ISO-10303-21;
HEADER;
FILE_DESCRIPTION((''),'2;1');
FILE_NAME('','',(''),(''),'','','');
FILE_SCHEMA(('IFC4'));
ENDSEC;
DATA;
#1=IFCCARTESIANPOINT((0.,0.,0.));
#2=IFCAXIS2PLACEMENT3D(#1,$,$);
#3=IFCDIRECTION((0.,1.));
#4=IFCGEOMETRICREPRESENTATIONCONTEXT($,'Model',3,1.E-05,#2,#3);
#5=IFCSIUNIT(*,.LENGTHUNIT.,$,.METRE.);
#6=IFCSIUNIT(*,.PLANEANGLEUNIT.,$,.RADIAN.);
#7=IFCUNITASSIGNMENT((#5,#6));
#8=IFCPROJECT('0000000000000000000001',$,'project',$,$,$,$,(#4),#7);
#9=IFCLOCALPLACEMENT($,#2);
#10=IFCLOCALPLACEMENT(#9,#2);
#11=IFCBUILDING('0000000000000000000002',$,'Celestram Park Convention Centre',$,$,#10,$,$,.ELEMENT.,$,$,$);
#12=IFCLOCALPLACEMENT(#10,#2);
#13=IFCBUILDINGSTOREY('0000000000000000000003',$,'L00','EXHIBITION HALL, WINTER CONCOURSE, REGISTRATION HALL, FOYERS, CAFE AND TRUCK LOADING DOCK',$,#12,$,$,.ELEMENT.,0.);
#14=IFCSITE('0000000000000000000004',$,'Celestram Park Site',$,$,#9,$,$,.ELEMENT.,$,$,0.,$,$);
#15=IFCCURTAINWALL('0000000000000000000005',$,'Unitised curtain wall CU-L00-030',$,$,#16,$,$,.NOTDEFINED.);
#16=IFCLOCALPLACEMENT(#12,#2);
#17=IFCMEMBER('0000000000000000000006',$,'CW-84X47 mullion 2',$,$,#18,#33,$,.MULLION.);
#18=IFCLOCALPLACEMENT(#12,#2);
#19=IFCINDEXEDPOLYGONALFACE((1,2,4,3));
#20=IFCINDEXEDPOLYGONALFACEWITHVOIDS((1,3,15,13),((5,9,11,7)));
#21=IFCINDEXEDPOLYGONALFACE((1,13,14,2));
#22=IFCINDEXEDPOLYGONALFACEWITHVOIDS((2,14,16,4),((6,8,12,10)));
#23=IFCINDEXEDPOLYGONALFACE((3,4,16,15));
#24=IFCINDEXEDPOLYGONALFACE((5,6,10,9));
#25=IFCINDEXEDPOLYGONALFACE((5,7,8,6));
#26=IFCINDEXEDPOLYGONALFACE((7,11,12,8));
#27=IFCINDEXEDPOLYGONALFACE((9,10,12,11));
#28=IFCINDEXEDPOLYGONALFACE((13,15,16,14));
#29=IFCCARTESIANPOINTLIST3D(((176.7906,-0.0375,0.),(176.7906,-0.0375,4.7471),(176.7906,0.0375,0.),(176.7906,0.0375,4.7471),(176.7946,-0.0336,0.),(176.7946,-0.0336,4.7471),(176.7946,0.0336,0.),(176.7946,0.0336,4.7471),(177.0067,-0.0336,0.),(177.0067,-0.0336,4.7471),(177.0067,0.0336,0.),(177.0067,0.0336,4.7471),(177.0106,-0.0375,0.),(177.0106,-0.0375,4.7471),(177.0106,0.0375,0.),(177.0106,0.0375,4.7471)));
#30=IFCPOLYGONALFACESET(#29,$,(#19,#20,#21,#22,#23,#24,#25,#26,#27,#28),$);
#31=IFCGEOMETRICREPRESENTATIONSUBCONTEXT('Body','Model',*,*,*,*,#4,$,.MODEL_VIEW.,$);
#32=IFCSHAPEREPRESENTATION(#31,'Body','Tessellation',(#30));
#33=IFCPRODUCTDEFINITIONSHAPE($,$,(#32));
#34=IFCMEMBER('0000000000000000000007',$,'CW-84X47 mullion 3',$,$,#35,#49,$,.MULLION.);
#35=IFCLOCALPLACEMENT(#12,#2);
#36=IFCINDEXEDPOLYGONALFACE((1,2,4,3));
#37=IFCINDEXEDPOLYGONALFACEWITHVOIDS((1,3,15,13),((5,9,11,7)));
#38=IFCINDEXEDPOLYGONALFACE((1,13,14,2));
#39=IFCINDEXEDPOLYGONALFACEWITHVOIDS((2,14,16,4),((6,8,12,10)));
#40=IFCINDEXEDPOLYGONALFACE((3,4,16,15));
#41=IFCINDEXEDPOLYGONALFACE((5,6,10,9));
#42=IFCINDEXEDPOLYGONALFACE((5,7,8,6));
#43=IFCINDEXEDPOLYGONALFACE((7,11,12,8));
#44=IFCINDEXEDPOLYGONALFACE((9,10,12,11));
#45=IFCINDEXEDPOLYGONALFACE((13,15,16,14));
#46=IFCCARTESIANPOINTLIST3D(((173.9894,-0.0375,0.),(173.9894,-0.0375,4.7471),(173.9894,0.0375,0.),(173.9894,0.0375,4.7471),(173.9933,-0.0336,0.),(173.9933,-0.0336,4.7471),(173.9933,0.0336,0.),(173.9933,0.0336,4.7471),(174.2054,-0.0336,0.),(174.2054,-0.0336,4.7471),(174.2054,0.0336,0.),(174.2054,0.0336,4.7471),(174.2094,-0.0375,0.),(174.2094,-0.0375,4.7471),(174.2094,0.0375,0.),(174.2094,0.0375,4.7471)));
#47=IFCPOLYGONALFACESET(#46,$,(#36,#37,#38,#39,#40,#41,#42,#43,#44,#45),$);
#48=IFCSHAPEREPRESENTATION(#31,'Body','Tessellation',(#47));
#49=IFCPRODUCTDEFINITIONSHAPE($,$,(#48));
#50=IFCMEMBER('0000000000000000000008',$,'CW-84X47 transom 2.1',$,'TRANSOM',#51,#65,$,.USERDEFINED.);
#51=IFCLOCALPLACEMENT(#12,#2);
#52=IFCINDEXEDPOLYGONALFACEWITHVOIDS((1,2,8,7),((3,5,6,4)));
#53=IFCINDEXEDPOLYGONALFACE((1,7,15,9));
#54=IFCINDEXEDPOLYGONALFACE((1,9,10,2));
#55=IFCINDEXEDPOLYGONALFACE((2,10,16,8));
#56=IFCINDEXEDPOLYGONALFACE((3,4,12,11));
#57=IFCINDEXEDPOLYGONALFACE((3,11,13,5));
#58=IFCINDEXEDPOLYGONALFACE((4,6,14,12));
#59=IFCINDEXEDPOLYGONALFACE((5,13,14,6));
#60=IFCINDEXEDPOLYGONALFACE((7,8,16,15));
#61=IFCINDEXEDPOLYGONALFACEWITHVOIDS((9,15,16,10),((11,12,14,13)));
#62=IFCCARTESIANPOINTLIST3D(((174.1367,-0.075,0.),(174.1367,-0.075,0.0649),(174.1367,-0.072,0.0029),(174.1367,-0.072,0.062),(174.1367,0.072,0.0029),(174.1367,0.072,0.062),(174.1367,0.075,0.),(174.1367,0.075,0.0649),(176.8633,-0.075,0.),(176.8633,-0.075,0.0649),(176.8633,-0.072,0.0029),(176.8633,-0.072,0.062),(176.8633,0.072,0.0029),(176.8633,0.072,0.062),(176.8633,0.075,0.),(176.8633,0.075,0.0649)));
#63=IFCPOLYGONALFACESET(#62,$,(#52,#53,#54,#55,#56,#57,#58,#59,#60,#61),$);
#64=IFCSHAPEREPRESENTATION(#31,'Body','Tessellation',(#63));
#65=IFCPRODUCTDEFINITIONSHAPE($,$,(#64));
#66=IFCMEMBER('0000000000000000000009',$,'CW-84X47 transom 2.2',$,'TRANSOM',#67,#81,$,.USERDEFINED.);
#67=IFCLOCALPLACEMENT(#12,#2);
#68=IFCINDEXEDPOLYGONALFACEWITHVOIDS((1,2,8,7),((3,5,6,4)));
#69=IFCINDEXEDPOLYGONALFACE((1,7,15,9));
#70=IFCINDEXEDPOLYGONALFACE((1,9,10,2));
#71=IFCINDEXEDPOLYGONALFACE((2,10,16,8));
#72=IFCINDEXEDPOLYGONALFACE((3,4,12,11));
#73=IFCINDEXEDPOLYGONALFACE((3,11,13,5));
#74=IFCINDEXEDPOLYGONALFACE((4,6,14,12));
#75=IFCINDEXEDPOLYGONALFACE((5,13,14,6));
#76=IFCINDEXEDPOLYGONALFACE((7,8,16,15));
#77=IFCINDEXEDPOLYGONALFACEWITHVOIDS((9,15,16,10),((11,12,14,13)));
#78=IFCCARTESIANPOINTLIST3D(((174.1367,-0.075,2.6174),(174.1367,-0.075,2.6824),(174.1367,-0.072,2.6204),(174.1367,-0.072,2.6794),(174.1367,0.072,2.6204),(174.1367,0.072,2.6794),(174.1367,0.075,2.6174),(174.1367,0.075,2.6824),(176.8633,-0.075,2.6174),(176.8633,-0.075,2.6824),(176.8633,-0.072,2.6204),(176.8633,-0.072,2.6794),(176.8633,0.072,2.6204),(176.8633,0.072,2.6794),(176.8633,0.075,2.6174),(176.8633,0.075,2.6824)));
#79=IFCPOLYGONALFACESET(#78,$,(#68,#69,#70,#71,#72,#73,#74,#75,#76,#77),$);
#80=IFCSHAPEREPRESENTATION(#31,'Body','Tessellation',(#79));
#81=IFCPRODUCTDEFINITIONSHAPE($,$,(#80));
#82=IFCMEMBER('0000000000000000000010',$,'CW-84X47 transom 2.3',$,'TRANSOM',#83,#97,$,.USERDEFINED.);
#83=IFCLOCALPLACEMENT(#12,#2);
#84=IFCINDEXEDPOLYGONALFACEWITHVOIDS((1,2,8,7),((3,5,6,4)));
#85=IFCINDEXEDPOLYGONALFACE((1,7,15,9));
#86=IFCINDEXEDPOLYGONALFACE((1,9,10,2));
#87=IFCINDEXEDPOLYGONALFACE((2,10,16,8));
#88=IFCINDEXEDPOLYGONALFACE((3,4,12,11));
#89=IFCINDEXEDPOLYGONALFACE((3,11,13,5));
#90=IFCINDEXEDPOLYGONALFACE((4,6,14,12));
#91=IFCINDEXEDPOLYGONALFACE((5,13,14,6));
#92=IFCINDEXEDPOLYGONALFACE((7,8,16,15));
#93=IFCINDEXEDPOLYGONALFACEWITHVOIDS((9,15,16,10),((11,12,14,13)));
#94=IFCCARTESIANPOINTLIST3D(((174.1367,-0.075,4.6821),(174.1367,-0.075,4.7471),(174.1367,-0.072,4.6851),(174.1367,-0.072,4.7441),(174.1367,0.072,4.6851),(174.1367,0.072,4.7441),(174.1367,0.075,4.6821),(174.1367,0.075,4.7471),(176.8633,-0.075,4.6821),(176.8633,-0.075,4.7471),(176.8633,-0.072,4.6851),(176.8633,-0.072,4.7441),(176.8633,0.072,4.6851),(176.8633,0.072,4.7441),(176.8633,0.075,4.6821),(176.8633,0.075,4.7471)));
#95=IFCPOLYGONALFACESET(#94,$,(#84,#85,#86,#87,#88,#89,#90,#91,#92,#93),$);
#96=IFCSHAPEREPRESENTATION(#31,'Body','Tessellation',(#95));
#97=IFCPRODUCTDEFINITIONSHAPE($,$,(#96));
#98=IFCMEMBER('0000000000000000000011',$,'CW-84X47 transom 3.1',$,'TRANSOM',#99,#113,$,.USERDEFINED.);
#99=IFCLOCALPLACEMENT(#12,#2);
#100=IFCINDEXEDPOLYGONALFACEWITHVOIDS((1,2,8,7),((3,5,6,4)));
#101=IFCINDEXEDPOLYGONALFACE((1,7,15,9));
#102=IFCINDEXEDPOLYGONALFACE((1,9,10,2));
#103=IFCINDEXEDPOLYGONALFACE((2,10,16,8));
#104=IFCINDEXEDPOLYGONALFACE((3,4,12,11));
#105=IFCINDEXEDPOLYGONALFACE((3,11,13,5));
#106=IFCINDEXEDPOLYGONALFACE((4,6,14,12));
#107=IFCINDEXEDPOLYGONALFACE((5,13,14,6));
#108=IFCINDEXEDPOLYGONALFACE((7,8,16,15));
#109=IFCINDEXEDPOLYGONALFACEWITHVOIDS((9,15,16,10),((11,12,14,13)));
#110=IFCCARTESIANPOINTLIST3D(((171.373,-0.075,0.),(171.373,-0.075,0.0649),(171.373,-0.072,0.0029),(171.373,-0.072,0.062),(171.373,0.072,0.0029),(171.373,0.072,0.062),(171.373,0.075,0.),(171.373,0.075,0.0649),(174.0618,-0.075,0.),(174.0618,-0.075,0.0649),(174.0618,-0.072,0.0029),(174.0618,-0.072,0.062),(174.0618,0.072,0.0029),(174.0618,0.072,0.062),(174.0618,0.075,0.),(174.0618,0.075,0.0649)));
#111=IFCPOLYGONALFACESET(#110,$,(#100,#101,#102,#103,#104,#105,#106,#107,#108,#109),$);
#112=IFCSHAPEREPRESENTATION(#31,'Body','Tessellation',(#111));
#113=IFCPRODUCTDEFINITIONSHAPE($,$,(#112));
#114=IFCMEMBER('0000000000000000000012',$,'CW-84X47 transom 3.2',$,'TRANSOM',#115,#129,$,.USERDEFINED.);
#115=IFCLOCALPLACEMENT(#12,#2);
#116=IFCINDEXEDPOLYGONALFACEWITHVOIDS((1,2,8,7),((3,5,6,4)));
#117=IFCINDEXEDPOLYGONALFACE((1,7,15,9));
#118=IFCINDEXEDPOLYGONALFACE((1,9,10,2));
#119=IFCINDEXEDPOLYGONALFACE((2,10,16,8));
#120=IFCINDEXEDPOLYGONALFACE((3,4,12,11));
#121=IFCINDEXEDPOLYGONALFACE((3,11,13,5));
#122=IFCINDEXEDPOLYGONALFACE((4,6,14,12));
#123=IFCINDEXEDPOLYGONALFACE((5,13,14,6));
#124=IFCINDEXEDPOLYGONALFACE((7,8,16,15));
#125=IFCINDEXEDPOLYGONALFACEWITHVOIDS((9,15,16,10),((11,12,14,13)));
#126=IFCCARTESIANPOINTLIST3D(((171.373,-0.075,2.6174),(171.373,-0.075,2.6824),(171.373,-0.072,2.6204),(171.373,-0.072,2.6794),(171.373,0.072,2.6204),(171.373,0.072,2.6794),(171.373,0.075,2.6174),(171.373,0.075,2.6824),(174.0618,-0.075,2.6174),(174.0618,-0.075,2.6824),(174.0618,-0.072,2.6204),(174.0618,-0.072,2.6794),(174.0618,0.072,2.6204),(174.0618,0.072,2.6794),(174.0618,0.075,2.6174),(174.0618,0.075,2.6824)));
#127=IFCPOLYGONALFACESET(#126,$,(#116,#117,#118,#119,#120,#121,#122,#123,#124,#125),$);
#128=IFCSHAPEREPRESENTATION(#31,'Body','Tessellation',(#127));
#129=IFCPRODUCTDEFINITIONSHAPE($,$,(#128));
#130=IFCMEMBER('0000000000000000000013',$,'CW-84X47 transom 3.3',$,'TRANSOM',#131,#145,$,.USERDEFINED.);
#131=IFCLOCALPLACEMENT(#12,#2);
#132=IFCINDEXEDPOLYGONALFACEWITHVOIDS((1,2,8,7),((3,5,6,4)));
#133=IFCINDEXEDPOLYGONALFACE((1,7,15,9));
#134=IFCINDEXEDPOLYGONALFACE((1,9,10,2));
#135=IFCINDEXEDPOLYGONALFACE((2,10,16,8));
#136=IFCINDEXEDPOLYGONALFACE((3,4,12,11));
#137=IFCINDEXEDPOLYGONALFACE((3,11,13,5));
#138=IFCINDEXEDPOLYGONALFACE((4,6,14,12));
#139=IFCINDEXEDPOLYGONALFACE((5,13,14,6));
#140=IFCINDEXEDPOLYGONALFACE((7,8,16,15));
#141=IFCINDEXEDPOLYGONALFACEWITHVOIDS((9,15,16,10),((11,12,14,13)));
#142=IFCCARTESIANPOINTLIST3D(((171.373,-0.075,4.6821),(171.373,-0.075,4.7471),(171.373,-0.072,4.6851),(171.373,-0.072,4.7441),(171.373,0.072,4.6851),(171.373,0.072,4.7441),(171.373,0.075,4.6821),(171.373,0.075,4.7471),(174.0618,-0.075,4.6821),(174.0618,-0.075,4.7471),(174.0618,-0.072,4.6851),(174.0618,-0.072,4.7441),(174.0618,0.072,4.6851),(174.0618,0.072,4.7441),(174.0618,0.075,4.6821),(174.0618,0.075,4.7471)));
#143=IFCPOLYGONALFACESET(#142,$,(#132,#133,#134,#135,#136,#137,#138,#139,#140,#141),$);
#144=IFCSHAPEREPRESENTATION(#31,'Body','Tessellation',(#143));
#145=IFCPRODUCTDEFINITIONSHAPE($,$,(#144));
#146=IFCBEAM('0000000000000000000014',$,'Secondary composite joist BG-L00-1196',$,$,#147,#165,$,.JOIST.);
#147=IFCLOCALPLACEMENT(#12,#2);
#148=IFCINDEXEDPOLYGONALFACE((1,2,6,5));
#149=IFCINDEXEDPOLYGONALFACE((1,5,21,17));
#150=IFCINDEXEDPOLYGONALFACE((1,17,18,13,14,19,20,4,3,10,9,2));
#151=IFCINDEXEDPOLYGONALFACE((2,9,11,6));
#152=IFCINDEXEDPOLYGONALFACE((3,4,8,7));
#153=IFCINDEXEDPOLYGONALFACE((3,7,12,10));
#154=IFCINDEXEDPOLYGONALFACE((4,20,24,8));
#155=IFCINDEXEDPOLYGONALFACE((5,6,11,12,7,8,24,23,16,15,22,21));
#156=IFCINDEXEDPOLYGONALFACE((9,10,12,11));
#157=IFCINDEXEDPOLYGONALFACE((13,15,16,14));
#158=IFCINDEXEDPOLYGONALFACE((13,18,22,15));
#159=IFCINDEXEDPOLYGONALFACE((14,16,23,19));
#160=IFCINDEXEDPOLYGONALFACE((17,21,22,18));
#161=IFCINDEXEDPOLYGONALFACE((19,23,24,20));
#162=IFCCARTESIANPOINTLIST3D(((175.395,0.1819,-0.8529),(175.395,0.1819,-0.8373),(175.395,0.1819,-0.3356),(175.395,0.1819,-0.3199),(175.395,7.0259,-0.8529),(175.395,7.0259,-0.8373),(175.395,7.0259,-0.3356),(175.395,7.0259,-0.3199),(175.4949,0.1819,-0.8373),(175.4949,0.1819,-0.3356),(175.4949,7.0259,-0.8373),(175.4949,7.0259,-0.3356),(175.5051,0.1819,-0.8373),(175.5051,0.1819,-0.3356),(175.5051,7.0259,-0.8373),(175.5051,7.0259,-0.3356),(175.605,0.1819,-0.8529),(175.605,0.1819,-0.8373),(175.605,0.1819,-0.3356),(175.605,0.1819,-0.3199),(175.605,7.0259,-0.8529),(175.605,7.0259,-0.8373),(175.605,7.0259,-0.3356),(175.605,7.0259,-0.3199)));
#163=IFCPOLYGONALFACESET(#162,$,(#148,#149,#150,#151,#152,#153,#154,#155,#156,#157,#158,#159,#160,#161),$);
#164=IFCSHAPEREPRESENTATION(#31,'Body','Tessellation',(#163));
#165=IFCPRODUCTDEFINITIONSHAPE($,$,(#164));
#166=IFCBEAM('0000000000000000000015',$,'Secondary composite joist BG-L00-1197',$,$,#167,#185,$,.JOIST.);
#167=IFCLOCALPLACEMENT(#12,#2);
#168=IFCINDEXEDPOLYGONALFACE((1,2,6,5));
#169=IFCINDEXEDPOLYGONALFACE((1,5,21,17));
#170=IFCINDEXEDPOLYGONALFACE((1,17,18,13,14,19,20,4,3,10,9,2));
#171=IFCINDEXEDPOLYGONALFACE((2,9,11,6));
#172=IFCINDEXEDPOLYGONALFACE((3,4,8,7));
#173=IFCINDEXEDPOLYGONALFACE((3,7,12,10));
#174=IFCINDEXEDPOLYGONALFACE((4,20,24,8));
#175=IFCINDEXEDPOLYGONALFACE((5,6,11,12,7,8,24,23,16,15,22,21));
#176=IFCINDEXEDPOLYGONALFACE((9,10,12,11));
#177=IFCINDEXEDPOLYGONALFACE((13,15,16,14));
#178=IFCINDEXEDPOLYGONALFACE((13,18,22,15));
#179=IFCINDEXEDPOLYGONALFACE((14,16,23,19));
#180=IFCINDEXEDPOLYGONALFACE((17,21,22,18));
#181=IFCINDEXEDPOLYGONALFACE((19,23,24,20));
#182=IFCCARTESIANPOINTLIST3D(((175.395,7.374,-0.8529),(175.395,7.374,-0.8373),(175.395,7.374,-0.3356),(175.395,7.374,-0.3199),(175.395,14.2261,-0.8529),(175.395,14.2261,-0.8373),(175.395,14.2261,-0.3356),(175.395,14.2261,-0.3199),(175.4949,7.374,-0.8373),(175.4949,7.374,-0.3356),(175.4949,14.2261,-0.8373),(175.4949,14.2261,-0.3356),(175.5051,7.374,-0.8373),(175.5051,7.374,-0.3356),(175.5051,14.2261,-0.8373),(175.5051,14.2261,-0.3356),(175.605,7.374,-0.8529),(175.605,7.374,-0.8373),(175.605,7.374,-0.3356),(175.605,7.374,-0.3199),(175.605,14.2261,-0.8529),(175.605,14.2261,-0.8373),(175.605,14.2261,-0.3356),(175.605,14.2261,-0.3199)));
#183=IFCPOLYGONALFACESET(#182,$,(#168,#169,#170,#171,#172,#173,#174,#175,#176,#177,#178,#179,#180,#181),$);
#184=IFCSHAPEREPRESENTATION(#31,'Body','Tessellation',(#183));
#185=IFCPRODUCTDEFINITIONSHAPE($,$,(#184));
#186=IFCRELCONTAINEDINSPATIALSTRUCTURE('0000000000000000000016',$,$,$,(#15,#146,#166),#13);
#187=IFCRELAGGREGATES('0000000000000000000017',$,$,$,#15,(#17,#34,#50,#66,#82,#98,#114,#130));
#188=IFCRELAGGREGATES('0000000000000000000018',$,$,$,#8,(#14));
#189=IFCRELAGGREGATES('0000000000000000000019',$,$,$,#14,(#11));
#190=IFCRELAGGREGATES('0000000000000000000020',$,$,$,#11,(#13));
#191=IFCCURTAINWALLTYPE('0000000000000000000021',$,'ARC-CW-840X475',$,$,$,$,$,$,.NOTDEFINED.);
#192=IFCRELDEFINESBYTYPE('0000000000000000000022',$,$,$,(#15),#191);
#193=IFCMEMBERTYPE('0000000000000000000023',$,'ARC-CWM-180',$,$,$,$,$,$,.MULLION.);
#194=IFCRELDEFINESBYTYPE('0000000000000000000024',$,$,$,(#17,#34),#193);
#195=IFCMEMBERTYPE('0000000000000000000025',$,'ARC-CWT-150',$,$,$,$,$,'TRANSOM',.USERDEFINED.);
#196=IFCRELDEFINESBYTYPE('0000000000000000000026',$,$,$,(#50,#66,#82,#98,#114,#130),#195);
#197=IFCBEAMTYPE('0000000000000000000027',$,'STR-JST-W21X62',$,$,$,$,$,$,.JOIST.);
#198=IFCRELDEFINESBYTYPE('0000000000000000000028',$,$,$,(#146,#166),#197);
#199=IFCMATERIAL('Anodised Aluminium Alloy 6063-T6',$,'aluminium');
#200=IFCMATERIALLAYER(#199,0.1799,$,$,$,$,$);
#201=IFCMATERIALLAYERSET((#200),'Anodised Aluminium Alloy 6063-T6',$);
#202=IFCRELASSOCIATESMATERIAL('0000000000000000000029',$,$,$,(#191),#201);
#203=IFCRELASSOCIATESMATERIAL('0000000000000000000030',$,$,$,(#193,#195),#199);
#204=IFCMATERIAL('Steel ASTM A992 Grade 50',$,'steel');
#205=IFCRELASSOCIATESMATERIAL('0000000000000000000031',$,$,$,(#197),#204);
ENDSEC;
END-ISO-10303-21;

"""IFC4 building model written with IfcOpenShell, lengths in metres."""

from ifc_helpers import new_model, si_unit, direction, frame, origin, origin_2d, place, context, subcontext, project, spatial, hollow_rectangle, i_section, extrude, material, layer, layer_set, material_profile, profile_set, type_object, element, aggregate, save


model = new_model("IFC4")

# Units and contexts
model_context = context("Model", 3, precision=1e-05, world=origin(), true_north=direction((0.0, 1.0)))
body_context = subcontext(model_context, "Body", "Model", "MODEL_VIEW")
ifc_project = project(units=[si_unit("LENGTHUNIT", "METRE"), si_unit("PLANEANGLEUNIT", "RADIAN")], contexts=[model_context])

# Site, building, storey
site_placement = place(None, origin())
site = spatial("IfcSite", under=ifc_project, at=site_placement, Name="Celestram Park Site", CompositionType="ELEMENT", RefElevation=0.0)
building_placement = place(site_placement, origin())
building = spatial("IfcBuilding", under=site, at=building_placement, Name="Celestram Park Convention Centre", CompositionType="ELEMENT")
storey_placement = place(building_placement, origin())
storey = spatial("IfcBuildingStorey", under=building, at=storey_placement, Name="L00", Description="EXHIBITION HALL, WINTER CONCOURSE, REGISTRATION HALL, FOYERS, CAFE AND TRUCK LOADING DOCK", CompositionType="ELEMENT", Elevation=0.0)

# Curtain wall, members
ifc_material_1 = material(Name="Anodised Aluminium Alloy 6063-T6", Category="aluminium")
ifc_layer_1 = layer(ifc_material_1, 0.1799)
ifc_layer_set_1 = layer_set([ifc_layer_1], Name="Anodised Aluminium Alloy 6063-T6")
curtain_wall_type = type_object("IfcCurtainWallType", Name="ARC-CW-840X475", PredefinedType="NOTDEFINED", material=ifc_layer_set_1)
curtain_wall_placement = place(storey_placement, origin())
curtain_wall = element("IfcCurtainWall", 1, at=curtain_wall_placement, inside=storey, type_object=curtain_wall_type, Name="Unitised curtain wall CU-L00-030", PredefinedType="NOTDEFINED")
ifc_material_profile_1 = material_profile(ifc_material_1, hollow_rectangle(XDim=0.075, YDim=0.22, WallThickness=0.0039, at=origin_2d()), Name="ALU75X220X4")
ifc_profile_set_1 = profile_set([ifc_material_profile_1], Name="Anodised Aluminium Alloy 6063-T6")
member_type_1 = type_object("IfcMemberType", Name="ARC-CWM-180", PredefinedType="MULLION", material=ifc_profile_set_1)
member_1_placement = place(storey_placement, frame((176.9006, 0.0, 0.0), z_axis=(0.0, 0.0, 1.0), x_axis=(0.0, -1.0, 0.0)))
member_1 = element("IfcMember", 2, at=member_1_placement, type_object=member_type_1, Name="CW-84X47 mullion 2", PredefinedType="MULLION", context=body_context, shape_type="SweptSolid", body=[
    extrude(hollow_rectangle(XDim=0.075, YDim=0.22, WallThickness=0.0039, at=origin_2d()), origin(), (0.0, 0.0, 1.0), 4.7471),
])
member_2_placement = place(storey_placement, frame((174.0994, 0.0, 0.0), z_axis=(0.0, 0.0, 1.0), x_axis=(0.0, -1.0, 0.0)))
member_2 = element("IfcMember", 3, at=member_2_placement, type_object=member_type_1, Name="CW-84X47 mullion 3", PredefinedType="MULLION", context=body_context, shape_type="SweptSolid", body=[
    extrude(hollow_rectangle(XDim=0.075, YDim=0.22, WallThickness=0.0039, at=origin_2d()), origin(), (0.0, 0.0, 1.0), 4.7471),
])
ifc_material_profile_2 = material_profile(ifc_material_1, hollow_rectangle(XDim=0.1499, YDim=0.0649, WallThickness=0.0029, at=origin_2d()), Name="ALU150X65X3")
ifc_profile_set_2 = profile_set([ifc_material_profile_2], Name="Anodised Aluminium Alloy 6063-T6")
member_type_2 = type_object("IfcMemberType", Name="ARC-CWT-150", ElementType="TRANSOM", PredefinedType="USERDEFINED", material=ifc_profile_set_2)
member_3_placement = place(storey_placement, frame((176.8633, 0.0, 0.0325), z_axis=(-1.0, 0.0, 0.0), x_axis=(0.0, -1.0, 0.0)))
member_3 = element("IfcMember", 4, at=member_3_placement, type_object=member_type_2, Name="CW-84X47 transom 2.1", ObjectType="TRANSOM", PredefinedType="USERDEFINED", context=body_context, shape_type="SweptSolid", body=[
    extrude(hollow_rectangle(XDim=0.1499, YDim=0.0649, WallThickness=0.0029, at=origin_2d()), origin(), (0.0, 0.0, 1.0), 2.7266),
])
member_4_placement = place(storey_placement, frame((176.8633, 0.0, 2.6499), z_axis=(-1.0, 0.0, 0.0), x_axis=(0.0, -1.0, 0.0)))
member_4 = element("IfcMember", 5, at=member_4_placement, type_object=member_type_2, Name="CW-84X47 transom 2.2", ObjectType="TRANSOM", PredefinedType="USERDEFINED", context=body_context, shape_type="SweptSolid", body=[
    extrude(hollow_rectangle(XDim=0.1499, YDim=0.0649, WallThickness=0.0029, at=origin_2d()), origin(), (0.0, 0.0, 1.0), 2.7266),
])
member_5_placement = place(storey_placement, frame((176.8633, 0.0, 4.7146), z_axis=(-1.0, 0.0, 0.0), x_axis=(0.0, -1.0, 0.0)))
member_5 = element("IfcMember", 6, at=member_5_placement, type_object=member_type_2, Name="CW-84X47 transom 2.3", ObjectType="TRANSOM", PredefinedType="USERDEFINED", context=body_context, shape_type="SweptSolid", body=[
    extrude(hollow_rectangle(XDim=0.1499, YDim=0.0649, WallThickness=0.0029, at=origin_2d()), origin(), (0.0, 0.0, 1.0), 2.7266),
])
member_6_placement = place(storey_placement, frame((174.0618, 0.0, 0.0325), z_axis=(-1.0, 0.0, 0.0), x_axis=(0.0, -1.0, 0.0)))
member_6 = element("IfcMember", 7, at=member_6_placement, type_object=member_type_2, Name="CW-84X47 transom 3.1", ObjectType="TRANSOM", PredefinedType="USERDEFINED", context=body_context, shape_type="SweptSolid", body=[
    extrude(hollow_rectangle(XDim=0.1499, YDim=0.0649, WallThickness=0.0029, at=origin_2d()), origin(), (0.0, 0.0, 1.0), 2.6887),
])
member_7_placement = place(storey_placement, frame((174.0618, 0.0, 2.6499), z_axis=(-1.0, 0.0, 0.0), x_axis=(0.0, -1.0, 0.0)))
member_7 = element("IfcMember", 8, at=member_7_placement, type_object=member_type_2, Name="CW-84X47 transom 3.2", ObjectType="TRANSOM", PredefinedType="USERDEFINED", context=body_context, shape_type="SweptSolid", body=[
    extrude(hollow_rectangle(XDim=0.1499, YDim=0.0649, WallThickness=0.0029, at=origin_2d()), origin(), (0.0, 0.0, 1.0), 2.6887),
])
member_8_placement = place(storey_placement, frame((174.0618, 0.0, 4.7146), z_axis=(-1.0, 0.0, 0.0), x_axis=(0.0, -1.0, 0.0)))
member_8 = element("IfcMember", 9, at=member_8_placement, type_object=member_type_2, Name="CW-84X47 transom 3.3", ObjectType="TRANSOM", PredefinedType="USERDEFINED", context=body_context, shape_type="SweptSolid", body=[
    extrude(hollow_rectangle(XDim=0.1499, YDim=0.0649, WallThickness=0.0029, at=origin_2d()), origin(), (0.0, 0.0, 1.0), 2.6887),
])

# Beams
ifc_material_2 = material(Name="Steel ASTM A992 Grade 50", Category="steel")
ifc_material_profile_3 = material_profile(ifc_material_2, i_section(OverallWidth=0.21, OverallDepth=0.533, WebThickness=0.0103, FlangeThickness=0.0156, at=origin_2d()), Name="W21X62")
ifc_profile_set_3 = profile_set([ifc_material_profile_3], Name="Steel ASTM A992 Grade 50")
beam_type = type_object("IfcBeamType", Name="STR-JST-W21X62", PredefinedType="JOIST", material=ifc_profile_set_3)
beam_placement = place(storey_placement, frame((175.5, 0.1819, -0.5864), z_axis=(0.0, 1.0, 0.0), x_axis=(-1.0, 0.0, 0.0)))
element("IfcBeam", 10, at=beam_placement, inside=storey, type_object=beam_type, Name="Secondary composite joist BG-L00-1196", PredefinedType="JOIST", context=body_context, shape_type="SweptSolid", body=[
    extrude(i_section(OverallWidth=0.21, OverallDepth=0.533, WebThickness=0.0103, FlangeThickness=0.0156, at=origin_2d()), origin(), (0.0, 0.0, 1.0), 6.844),
])
for number, where, z_axis, x_axis, name in (
    (11, (175.5, 7.374, -0.5864), (0.0, 1.0, 0.0), (-1.0, 0.0, 0.0), "Secondary composite joist BG-L00-1197"),
):
    element("IfcBeam", number, at=place(storey_placement, frame(where, z_axis=z_axis, x_axis=x_axis)), inside=storey, type_object=beam_type, Name=name, PredefinedType="JOIST", context=body_context, shape_type="SweptSolid", body=[
        extrude(i_section(OverallWidth=0.21, OverallDepth=0.533, WebThickness=0.0103, FlangeThickness=0.0156, at=origin_2d()), origin(), (0.0, 0.0, 1.0), 6.8521),
    ])

aggregate(curtain_wall, [member_1, member_2, member_3, member_4, member_5, member_6, member_7, member_8])

save(model, "model.ifc")
